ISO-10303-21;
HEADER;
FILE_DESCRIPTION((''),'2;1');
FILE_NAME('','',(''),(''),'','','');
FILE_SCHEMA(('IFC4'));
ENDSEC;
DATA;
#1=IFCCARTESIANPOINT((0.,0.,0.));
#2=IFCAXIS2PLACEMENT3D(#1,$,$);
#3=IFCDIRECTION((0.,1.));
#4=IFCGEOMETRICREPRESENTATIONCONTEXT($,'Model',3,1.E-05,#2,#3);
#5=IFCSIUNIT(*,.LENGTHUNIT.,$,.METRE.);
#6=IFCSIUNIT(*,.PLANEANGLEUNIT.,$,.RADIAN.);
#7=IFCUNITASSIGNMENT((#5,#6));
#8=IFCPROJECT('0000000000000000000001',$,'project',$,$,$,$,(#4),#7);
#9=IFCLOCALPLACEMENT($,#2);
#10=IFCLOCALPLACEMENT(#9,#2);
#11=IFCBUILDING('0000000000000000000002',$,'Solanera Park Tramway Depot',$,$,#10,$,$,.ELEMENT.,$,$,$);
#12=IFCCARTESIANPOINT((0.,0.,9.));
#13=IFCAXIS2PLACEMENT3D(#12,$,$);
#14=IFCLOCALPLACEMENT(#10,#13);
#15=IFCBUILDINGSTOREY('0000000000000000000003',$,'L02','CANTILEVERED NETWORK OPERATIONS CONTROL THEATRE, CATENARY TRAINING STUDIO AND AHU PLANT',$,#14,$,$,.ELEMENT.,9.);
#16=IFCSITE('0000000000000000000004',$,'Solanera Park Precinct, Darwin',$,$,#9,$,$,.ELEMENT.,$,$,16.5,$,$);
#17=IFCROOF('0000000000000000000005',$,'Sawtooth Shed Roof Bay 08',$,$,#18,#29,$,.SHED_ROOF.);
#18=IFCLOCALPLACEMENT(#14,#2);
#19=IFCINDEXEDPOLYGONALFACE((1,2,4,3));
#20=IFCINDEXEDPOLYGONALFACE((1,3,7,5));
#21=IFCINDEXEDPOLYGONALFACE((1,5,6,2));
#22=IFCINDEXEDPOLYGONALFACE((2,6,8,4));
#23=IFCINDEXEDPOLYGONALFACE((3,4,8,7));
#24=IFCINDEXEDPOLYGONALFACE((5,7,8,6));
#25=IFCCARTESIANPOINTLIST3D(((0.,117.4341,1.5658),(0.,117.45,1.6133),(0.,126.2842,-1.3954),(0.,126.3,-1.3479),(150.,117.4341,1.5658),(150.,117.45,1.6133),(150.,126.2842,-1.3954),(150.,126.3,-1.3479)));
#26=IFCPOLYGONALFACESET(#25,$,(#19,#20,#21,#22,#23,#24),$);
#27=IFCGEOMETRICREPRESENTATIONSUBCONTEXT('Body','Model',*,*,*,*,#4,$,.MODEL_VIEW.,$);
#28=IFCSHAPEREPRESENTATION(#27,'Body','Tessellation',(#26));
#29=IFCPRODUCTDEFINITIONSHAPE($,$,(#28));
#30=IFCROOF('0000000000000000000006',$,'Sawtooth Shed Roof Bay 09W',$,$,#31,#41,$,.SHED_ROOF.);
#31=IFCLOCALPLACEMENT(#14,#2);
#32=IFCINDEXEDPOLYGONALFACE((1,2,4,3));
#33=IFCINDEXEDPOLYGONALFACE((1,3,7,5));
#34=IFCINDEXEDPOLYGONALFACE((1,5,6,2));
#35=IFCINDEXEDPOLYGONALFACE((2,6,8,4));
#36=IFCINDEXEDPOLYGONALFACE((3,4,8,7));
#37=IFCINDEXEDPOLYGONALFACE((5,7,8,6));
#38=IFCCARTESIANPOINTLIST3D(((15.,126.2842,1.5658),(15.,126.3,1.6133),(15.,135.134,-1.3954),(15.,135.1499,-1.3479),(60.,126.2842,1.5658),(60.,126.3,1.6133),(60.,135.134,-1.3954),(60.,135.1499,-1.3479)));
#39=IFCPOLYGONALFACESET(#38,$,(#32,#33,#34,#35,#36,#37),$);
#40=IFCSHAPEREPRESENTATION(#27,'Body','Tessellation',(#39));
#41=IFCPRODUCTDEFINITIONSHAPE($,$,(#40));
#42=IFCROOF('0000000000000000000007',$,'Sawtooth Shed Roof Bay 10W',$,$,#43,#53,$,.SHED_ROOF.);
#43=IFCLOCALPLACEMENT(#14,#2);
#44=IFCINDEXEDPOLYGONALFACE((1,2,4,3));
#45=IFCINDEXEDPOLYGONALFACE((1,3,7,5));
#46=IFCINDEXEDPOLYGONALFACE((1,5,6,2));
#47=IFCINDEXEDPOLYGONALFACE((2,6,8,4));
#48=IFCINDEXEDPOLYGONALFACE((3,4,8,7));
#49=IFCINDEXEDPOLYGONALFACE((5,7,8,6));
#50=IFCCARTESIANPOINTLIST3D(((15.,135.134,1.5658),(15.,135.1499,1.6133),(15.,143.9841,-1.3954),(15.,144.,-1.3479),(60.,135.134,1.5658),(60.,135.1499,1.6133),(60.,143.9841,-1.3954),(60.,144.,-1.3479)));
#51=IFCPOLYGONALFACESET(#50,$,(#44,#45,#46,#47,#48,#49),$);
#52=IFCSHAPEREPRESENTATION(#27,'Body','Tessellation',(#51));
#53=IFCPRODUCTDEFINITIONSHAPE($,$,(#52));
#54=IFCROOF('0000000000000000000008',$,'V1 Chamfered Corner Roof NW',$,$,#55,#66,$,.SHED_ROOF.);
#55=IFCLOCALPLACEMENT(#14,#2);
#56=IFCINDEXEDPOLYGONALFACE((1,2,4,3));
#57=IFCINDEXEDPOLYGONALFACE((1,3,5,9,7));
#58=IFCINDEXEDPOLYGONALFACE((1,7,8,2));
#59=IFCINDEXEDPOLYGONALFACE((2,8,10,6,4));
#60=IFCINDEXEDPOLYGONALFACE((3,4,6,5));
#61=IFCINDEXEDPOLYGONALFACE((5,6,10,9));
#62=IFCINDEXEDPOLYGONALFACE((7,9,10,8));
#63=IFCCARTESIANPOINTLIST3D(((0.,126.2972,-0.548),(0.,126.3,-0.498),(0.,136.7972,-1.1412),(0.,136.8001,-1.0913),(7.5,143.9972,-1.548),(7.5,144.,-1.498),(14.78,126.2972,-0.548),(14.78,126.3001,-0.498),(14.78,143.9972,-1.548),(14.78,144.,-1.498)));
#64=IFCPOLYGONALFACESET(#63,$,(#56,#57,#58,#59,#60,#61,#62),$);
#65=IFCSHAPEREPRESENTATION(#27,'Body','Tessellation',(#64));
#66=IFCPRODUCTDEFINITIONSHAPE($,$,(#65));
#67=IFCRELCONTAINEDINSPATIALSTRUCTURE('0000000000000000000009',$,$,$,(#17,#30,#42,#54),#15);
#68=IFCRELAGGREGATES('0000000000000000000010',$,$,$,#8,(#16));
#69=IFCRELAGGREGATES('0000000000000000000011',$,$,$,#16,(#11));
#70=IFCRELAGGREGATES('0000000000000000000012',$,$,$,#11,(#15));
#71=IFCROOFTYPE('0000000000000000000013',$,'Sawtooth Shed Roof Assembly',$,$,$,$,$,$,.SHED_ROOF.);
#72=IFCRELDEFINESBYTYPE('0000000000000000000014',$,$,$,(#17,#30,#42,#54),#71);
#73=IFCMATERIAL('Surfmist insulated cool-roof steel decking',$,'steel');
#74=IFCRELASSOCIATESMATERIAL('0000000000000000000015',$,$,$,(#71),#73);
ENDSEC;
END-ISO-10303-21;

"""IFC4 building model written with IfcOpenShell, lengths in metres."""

from ifc_helpers import new_model, si_unit, direction, frame, origin, place, context, subcontext, project, spatial, polyline, outline, extrude, material, type_object, element, save


model = new_model("IFC4")

# Units and contexts
model_context = context("Model", 3, precision=1e-05, world=origin(), true_north=direction((0.0, 1.0)))
body_context = subcontext(model_context, "Body", "Model", "MODEL_VIEW")
ifc_project = project(units=[si_unit("LENGTHUNIT", "METRE"), si_unit("PLANEANGLEUNIT", "RADIAN")], contexts=[model_context])

# Site, building, storey
site_placement = place(None, origin())
site = spatial("IfcSite", under=ifc_project, at=site_placement, Name="Solanera Park Precinct, Darwin", CompositionType="ELEMENT", RefElevation=16.5)
building_placement = place(site_placement, origin())
building = spatial("IfcBuilding", under=site, at=building_placement, Name="Solanera Park Tramway Depot", CompositionType="ELEMENT")
storey_placement = place(building_placement, frame((0.0, 0.0, 9.0)))
storey = spatial("IfcBuildingStorey", under=building, at=storey_placement, Name="L02", Description="CANTILEVERED NETWORK OPERATIONS CONTROL THEATRE, CATENARY TRAINING STUDIO AND AHU PLANT", CompositionType="ELEMENT", Elevation=9.0)

# Roofs
ifc_material_1 = material(Name="Surfmist insulated cool-roof steel decking", Category="steel")
roof_type = type_object("IfcRoofType", Name="Sawtooth Shed Roof Assembly", PredefinedType="SHED_ROOF", material=ifc_material_1)
roof_1_placement = place(storey_placement, frame((0.0, 117.45, 1.6133), z_axis=(0.0, 0.317303, 0.948324), x_axis=(1.0, 0.0, 0.0)))
element("IfcRoof", 1, at=roof_1_placement, inside=storey, type_object=roof_type, Name="Sawtooth Shed Roof Bay 08", PredefinedType="SHED_ROOF", context=body_context, shape_type="SweptSolid", body=[
    extrude(outline(polyline([(0.0, 0.0), (150.0, 0.0), (150.0, 9.3324), (0.0, 9.3324), (0.0, 0.0)])), origin(), (0.0, 0.0, -1.0), 0.05),
])
roof_2_placement = place(storey_placement, frame((15.0, 126.3, 1.6133), z_axis=(0.0, 0.317311, 0.948322), x_axis=(1.0, 0.0, 0.0)))
element("IfcRoof", 2, at=roof_2_placement, inside=storey, type_object=roof_type, Name="Sawtooth Shed Roof Bay 09W", PredefinedType="SHED_ROOF", context=body_context, shape_type="SweptSolid", body=[
    extrude(outline(polyline([(0.0, 0.0), (45.0, 0.0), (45.0, 9.3321), (0.0, 9.3321), (0.0, 0.0)])), origin(), (0.0, 0.0, -1.0), 0.05),
])
roof_3_placement = place(storey_placement, frame((15.0, 135.1499, 1.6133), z_axis=(0.0, 0.317303, 0.948324), x_axis=(1.0, 0.0, 0.0)))
element("IfcRoof", 3, at=roof_3_placement, inside=storey, type_object=roof_type, Name="Sawtooth Shed Roof Bay 10W", PredefinedType="SHED_ROOF", context=body_context, shape_type="SweptSolid", body=[
    extrude(outline(polyline([(0.0, 0.0), (45.0, 0.0), (45.0, 9.3324), (0.0, 9.3324), (0.0, 0.0)])), origin(), (0.0, 0.0, -1.0), 0.05),
])
roof_4_placement = place(storey_placement, frame((0.0, 126.3, -0.498), z_axis=(-0.000001, 0.056408, 0.998408), x_axis=(1.0, 0.0, 0.000001)))
element("IfcRoof", 4, at=roof_4_placement, inside=storey, type_object=roof_type, Name="V1 Chamfered Corner Roof NW", PredefinedType="SHED_ROOF", context=body_context, shape_type="SweptSolid", body=[
    extrude(outline(polyline([(0.0, 0.0), (14.78, 0.0), (14.78, 17.7282), (7.5, 17.7282), (0.0, 10.5167), (0.0, 0.0)])), origin(), (0.0, 0.0, -1.0), 0.05),
])

save(model, "model.ifc")
